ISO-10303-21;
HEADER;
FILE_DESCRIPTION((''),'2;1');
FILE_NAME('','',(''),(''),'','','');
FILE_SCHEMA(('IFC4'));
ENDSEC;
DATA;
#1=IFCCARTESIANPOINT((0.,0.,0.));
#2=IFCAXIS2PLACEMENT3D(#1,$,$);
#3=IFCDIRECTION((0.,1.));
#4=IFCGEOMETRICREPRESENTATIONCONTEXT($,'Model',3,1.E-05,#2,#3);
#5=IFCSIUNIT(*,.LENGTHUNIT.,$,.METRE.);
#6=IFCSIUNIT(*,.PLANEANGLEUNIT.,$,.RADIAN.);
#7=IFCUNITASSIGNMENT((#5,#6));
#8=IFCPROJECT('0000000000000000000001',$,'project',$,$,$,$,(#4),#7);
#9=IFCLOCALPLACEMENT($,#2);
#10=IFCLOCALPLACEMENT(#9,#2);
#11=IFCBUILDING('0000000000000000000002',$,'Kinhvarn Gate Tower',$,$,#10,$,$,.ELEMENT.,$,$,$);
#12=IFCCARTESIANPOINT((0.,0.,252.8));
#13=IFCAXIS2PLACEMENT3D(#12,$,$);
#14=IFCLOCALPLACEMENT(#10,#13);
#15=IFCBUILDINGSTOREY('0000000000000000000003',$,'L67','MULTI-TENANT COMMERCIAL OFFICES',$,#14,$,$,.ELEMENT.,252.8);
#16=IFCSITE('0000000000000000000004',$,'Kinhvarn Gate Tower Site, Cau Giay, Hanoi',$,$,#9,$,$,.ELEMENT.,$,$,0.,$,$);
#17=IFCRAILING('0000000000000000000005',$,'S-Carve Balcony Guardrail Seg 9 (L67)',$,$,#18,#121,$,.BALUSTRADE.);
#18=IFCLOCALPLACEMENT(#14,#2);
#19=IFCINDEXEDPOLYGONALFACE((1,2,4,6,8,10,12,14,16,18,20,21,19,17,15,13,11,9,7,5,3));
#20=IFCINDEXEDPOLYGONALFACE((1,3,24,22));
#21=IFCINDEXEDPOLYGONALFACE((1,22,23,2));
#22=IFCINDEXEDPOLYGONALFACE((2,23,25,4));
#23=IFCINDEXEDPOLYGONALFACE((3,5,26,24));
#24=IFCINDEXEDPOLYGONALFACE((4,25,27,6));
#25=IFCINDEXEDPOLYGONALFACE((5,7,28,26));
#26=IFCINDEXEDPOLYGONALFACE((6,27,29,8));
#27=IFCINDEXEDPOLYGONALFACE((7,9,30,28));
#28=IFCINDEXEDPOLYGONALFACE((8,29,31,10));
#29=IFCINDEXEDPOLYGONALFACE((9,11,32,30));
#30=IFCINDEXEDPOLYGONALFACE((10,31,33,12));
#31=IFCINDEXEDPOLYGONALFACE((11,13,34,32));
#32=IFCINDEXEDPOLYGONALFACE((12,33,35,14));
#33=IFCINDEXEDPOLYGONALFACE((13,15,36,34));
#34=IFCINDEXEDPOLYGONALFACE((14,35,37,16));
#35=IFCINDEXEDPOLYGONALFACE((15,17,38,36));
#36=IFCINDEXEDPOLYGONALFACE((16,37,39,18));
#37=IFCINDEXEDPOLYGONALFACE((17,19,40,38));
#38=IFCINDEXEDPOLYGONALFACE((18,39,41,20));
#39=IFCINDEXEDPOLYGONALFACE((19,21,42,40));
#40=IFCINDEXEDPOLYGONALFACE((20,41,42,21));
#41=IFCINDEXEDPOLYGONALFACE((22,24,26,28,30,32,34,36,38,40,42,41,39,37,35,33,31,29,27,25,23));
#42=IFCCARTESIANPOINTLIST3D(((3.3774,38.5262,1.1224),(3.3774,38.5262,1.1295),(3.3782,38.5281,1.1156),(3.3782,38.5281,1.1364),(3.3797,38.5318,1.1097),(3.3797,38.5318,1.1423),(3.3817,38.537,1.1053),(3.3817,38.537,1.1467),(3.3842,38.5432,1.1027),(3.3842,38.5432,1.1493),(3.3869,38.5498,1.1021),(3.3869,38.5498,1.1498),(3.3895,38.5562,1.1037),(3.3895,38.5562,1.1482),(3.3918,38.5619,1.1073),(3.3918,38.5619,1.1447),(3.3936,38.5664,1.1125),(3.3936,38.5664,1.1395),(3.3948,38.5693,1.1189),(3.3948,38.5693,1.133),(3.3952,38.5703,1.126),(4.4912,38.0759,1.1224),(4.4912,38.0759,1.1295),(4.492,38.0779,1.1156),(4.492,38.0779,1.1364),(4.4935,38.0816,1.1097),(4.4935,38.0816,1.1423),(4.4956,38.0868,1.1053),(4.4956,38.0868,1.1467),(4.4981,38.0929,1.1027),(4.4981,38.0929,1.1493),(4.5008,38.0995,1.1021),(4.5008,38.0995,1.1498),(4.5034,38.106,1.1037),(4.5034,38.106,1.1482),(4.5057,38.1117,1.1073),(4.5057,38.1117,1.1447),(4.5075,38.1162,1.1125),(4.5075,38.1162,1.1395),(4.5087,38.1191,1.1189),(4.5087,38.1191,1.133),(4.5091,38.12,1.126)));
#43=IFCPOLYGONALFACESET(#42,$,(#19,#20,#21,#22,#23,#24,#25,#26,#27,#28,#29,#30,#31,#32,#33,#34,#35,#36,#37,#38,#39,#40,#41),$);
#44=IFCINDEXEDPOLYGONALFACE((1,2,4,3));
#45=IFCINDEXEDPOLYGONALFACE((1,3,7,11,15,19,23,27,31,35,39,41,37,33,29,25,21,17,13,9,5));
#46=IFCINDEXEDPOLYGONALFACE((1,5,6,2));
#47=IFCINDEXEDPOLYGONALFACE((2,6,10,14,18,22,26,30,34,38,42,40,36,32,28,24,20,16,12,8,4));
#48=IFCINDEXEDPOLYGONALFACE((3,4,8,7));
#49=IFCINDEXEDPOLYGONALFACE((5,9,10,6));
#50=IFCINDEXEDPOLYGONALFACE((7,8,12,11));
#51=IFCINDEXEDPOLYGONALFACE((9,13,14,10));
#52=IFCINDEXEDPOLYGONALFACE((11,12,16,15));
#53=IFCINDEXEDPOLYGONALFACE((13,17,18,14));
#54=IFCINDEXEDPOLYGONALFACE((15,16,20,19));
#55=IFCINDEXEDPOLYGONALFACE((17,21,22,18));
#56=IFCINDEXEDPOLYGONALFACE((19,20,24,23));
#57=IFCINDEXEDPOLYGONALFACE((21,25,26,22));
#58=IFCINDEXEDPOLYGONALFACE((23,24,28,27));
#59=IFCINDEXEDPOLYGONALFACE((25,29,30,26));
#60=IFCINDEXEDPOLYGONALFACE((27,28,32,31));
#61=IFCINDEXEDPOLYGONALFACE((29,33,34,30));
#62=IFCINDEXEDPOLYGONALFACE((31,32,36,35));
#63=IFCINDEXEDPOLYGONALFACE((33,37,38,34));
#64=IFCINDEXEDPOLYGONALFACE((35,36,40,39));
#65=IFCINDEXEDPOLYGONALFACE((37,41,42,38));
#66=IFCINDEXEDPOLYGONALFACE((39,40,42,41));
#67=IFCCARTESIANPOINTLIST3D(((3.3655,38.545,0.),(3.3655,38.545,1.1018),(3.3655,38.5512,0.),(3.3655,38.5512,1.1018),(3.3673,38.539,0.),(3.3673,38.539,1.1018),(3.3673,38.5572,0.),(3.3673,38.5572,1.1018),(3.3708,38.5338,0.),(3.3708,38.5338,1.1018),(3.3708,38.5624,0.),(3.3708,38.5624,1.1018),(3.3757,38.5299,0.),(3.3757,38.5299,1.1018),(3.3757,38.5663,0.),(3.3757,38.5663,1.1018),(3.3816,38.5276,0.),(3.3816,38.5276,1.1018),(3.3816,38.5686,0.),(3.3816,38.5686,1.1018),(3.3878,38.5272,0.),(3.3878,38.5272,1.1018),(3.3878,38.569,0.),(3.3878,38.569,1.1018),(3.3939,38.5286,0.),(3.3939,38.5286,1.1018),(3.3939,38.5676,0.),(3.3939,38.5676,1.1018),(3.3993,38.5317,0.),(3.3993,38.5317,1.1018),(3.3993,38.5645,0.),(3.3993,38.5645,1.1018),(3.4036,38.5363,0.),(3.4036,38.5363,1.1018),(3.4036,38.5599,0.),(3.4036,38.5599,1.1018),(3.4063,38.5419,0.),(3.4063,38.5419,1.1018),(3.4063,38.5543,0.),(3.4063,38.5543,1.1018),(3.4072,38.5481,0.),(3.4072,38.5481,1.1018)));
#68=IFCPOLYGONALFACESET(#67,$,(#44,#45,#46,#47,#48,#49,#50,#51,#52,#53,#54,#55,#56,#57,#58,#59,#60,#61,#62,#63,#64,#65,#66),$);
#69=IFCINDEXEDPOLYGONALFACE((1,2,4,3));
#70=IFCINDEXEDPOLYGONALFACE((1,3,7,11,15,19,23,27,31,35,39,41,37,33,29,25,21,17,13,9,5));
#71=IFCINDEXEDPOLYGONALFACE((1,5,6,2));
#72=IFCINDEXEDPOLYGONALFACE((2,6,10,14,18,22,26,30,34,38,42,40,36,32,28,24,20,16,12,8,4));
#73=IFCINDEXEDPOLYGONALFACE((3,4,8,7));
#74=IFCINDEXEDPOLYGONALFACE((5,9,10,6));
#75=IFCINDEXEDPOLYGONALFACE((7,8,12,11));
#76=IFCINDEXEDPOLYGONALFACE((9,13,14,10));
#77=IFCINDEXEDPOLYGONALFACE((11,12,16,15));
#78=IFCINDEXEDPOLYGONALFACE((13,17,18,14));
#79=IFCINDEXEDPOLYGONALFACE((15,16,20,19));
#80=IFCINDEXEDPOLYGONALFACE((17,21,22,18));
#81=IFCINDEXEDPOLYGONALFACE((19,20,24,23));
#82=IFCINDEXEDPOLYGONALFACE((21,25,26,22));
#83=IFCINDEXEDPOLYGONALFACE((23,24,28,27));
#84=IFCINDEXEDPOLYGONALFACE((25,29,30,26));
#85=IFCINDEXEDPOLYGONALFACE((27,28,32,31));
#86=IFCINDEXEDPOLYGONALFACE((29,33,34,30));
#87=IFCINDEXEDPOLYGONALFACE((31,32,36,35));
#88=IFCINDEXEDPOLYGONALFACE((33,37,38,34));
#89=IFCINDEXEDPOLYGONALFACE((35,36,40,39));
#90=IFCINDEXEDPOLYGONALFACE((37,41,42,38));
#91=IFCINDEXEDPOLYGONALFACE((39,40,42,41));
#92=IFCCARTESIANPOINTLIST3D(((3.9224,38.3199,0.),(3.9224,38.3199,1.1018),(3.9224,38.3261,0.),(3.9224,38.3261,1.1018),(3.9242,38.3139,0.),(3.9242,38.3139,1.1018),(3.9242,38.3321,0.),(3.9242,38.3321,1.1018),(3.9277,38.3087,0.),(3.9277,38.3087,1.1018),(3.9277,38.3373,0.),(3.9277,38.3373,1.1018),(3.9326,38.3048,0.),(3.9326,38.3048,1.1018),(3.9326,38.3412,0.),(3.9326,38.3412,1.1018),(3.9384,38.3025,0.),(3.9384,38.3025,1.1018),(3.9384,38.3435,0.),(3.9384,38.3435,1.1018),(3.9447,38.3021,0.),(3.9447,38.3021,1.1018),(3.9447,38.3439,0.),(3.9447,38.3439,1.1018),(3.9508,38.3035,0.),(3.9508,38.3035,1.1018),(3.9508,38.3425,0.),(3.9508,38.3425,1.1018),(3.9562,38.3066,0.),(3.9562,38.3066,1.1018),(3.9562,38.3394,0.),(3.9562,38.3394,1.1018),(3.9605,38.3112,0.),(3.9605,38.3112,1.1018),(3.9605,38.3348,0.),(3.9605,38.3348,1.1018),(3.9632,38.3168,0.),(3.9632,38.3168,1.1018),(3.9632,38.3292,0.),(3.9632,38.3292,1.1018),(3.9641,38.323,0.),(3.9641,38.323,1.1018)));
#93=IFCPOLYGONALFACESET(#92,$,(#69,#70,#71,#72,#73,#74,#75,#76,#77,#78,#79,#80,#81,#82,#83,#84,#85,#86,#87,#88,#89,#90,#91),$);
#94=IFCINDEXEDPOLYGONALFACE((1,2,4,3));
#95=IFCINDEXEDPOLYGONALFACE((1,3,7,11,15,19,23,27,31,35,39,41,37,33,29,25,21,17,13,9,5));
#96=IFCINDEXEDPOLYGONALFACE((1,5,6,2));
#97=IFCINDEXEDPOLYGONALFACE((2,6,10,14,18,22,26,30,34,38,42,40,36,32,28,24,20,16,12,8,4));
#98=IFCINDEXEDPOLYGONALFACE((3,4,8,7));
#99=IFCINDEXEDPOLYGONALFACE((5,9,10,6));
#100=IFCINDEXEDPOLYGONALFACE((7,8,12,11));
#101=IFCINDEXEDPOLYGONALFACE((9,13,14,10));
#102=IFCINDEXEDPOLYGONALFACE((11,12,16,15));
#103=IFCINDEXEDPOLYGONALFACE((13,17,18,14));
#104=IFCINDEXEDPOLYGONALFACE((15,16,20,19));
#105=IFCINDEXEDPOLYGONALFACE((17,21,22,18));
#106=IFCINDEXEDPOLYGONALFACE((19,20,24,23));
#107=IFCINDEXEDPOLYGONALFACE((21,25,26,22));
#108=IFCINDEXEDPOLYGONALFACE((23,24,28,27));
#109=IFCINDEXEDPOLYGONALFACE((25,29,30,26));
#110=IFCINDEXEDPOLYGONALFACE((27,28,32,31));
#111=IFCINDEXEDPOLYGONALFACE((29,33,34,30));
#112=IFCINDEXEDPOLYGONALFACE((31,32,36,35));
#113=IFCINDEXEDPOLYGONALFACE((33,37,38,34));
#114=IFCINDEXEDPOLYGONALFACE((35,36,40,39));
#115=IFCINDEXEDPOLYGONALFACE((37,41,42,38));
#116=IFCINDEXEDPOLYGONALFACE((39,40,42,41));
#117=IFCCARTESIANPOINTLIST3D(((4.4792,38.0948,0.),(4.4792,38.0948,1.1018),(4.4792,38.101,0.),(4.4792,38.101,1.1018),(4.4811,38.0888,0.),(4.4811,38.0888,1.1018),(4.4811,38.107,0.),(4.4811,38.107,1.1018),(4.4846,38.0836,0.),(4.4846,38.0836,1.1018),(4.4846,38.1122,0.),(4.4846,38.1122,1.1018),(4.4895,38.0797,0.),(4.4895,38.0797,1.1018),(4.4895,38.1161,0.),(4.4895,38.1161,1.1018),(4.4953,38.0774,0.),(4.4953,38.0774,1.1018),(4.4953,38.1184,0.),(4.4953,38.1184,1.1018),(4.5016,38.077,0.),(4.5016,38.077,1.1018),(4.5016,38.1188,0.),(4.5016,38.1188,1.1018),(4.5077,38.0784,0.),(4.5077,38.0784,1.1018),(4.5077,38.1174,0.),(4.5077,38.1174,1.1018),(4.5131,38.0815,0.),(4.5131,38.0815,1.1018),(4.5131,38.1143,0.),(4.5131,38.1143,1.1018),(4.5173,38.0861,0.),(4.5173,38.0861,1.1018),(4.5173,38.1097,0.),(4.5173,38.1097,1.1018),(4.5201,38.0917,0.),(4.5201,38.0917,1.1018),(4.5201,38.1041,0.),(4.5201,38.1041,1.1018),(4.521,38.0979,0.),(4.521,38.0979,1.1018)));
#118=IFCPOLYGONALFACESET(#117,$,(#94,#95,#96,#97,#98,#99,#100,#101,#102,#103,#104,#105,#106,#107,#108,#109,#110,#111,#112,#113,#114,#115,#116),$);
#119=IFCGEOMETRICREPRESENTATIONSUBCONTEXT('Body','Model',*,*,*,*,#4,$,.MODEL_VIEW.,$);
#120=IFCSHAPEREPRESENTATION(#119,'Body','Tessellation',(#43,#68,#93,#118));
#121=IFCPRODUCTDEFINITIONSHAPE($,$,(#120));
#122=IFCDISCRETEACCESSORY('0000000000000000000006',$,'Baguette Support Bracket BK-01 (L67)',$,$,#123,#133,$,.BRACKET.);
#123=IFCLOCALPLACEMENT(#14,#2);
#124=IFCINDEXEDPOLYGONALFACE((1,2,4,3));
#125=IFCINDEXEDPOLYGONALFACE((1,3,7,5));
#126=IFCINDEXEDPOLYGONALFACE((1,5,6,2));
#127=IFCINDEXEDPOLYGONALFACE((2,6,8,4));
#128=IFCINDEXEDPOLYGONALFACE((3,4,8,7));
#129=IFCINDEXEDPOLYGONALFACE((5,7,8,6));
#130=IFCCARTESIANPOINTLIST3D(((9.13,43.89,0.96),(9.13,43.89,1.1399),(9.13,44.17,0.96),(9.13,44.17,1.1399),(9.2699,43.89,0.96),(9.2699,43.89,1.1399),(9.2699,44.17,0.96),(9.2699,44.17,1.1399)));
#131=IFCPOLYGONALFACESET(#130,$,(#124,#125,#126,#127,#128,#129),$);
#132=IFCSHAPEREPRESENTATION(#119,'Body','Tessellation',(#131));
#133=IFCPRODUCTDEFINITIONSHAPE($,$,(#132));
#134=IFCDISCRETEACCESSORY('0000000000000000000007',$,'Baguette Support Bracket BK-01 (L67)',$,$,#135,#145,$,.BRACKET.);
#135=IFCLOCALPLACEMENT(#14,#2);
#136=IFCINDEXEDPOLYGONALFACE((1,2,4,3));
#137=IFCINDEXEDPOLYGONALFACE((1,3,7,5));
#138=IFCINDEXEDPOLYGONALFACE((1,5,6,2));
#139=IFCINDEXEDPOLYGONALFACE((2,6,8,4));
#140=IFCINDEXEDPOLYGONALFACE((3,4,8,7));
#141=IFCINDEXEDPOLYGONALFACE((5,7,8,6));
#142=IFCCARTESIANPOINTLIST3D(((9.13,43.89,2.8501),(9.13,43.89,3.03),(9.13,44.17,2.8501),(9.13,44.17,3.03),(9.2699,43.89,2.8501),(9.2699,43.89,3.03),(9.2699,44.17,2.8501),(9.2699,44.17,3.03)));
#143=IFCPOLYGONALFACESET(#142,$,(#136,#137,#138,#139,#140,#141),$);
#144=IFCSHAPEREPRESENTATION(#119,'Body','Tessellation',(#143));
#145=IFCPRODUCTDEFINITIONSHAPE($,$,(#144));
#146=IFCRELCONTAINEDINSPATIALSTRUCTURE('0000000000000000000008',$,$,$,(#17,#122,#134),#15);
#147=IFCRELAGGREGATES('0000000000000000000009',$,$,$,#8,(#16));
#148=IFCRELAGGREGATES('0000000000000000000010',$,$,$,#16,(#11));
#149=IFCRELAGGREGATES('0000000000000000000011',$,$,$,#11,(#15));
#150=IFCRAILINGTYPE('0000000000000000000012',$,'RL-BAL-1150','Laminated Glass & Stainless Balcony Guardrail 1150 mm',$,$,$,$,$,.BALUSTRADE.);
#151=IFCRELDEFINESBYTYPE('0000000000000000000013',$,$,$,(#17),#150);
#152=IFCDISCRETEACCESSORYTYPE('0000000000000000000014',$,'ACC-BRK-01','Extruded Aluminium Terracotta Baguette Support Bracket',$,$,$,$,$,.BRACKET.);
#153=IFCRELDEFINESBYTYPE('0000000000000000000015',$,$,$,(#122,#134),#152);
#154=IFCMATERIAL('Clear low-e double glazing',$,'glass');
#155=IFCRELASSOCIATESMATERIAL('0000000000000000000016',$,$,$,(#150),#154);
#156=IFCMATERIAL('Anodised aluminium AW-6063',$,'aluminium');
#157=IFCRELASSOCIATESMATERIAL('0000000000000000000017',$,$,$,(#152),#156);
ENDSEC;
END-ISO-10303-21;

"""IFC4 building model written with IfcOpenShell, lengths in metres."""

from ifc_helpers import new_model, si_unit, direction, frame, origin, origin_2d, place, context, subcontext, project, spatial, rectangle, circle, extrude, material, type_object, element, save


model = new_model("IFC4")

# Units and contexts
model_context = context("Model", 3, precision=1e-05, world=origin(), true_north=direction((0.0, 1.0)))
body_context = subcontext(model_context, "Body", "Model", "MODEL_VIEW")
ifc_project = project(units=[si_unit("LENGTHUNIT", "METRE"), si_unit("PLANEANGLEUNIT", "RADIAN")], contexts=[model_context])

# Site, building, storey
site_placement = place(None, origin())
site = spatial("IfcSite", under=ifc_project, at=site_placement, Name="Kinhvarn Gate Tower Site, Cau Giay, Hanoi", CompositionType="ELEMENT", RefElevation=0.0)
building_placement = place(site_placement, origin())
building = spatial("IfcBuilding", under=site, at=building_placement, Name="Kinhvarn Gate Tower", CompositionType="ELEMENT")
storey_placement = place(building_placement, frame((0.0, 0.0, 252.8)))
storey = spatial("IfcBuildingStorey", under=building, at=storey_placement, Name="L67", Description="MULTI-TENANT COMMERCIAL OFFICES", CompositionType="ELEMENT", Elevation=252.8)

# Shared definitions
ifc_material_1 = material(Name="Anodised aluminium AW-6063", Category="aluminium")

# Shared definitions
ifc_material_2 = material(Name="Clear low-e double glazing", Category="glass")

# Railing
railing_type = type_object("IfcRailingType", Name="RL-BAL-1150", Description="Laminated Glass & Stainless Balcony Guardrail 1150 mm", PredefinedType="BALUSTRADE", material=ifc_material_2)
railing_1_placement = place(storey_placement, frame((3.3862, 38.5481, 0.0)))
element("IfcRailing", 1, at=railing_1_placement, inside=storey, type_object=railing_type, Name="S-Carve Balcony Guardrail Seg 9 (L67)", PredefinedType="BALUSTRADE", context=body_context, shape_type="SweptSolid", body=[
    extrude(circle(Radius=0.0239, at=origin_2d()), frame((0.0, 0.0, 1.126), z_axis=(0.927125, -0.374752, 0.0), x_axis=(0.374752, 0.927125, 0.0)), (0.0, 0.0, 1.0), 1.2014),
    extrude(circle(Radius=0.021, at=origin_2d()), origin(), (0.0, 0.0, 1.0), 1.1018),
    extrude(circle(Radius=0.021, at=origin_2d()), frame((0.5569, -0.2251, 0.0)), (0.0, 0.0, 1.0), 1.1018),
    extrude(circle(Radius=0.021, at=origin_2d()), frame((1.1138, -0.4502, 0.0)), (0.0, 0.0, 1.0), 1.1018),
])

# Discrete accessories
discrete_accessory_type = type_object("IfcDiscreteAccessoryType", Name="ACC-BRK-01", Description="Extruded Aluminium Terracotta Baguette Support Bracket", PredefinedType="BRACKET", material=ifc_material_1)
for number, where, z_axis, x_axis, name in (
    (2, (9.2, 44.03, 0.96), (0.0, 0.0, 1.0), (-1.0, 0.0, 0.0), "Baguette Support Bracket BK-01 (L67)"),
    (3, (9.2, 44.03, 2.8501), (0.0, 0.0, 1.0), (-1.0, 0.0, 0.0), "Baguette Support Bracket BK-01 (L67)"),
):
    element("IfcDiscreteAccessory", number, at=place(storey_placement, frame(where, z_axis=z_axis, x_axis=x_axis)), inside=storey, type_object=discrete_accessory_type, Name=name, PredefinedType="BRACKET", context=body_context, shape_type="SweptSolid", body=[
        extrude(rectangle(XDim=0.1399, YDim=0.28, at=origin_2d()), origin(), (0.0, 0.0, 1.0), 0.1799),
    ])

save(model, "model.ifc")
